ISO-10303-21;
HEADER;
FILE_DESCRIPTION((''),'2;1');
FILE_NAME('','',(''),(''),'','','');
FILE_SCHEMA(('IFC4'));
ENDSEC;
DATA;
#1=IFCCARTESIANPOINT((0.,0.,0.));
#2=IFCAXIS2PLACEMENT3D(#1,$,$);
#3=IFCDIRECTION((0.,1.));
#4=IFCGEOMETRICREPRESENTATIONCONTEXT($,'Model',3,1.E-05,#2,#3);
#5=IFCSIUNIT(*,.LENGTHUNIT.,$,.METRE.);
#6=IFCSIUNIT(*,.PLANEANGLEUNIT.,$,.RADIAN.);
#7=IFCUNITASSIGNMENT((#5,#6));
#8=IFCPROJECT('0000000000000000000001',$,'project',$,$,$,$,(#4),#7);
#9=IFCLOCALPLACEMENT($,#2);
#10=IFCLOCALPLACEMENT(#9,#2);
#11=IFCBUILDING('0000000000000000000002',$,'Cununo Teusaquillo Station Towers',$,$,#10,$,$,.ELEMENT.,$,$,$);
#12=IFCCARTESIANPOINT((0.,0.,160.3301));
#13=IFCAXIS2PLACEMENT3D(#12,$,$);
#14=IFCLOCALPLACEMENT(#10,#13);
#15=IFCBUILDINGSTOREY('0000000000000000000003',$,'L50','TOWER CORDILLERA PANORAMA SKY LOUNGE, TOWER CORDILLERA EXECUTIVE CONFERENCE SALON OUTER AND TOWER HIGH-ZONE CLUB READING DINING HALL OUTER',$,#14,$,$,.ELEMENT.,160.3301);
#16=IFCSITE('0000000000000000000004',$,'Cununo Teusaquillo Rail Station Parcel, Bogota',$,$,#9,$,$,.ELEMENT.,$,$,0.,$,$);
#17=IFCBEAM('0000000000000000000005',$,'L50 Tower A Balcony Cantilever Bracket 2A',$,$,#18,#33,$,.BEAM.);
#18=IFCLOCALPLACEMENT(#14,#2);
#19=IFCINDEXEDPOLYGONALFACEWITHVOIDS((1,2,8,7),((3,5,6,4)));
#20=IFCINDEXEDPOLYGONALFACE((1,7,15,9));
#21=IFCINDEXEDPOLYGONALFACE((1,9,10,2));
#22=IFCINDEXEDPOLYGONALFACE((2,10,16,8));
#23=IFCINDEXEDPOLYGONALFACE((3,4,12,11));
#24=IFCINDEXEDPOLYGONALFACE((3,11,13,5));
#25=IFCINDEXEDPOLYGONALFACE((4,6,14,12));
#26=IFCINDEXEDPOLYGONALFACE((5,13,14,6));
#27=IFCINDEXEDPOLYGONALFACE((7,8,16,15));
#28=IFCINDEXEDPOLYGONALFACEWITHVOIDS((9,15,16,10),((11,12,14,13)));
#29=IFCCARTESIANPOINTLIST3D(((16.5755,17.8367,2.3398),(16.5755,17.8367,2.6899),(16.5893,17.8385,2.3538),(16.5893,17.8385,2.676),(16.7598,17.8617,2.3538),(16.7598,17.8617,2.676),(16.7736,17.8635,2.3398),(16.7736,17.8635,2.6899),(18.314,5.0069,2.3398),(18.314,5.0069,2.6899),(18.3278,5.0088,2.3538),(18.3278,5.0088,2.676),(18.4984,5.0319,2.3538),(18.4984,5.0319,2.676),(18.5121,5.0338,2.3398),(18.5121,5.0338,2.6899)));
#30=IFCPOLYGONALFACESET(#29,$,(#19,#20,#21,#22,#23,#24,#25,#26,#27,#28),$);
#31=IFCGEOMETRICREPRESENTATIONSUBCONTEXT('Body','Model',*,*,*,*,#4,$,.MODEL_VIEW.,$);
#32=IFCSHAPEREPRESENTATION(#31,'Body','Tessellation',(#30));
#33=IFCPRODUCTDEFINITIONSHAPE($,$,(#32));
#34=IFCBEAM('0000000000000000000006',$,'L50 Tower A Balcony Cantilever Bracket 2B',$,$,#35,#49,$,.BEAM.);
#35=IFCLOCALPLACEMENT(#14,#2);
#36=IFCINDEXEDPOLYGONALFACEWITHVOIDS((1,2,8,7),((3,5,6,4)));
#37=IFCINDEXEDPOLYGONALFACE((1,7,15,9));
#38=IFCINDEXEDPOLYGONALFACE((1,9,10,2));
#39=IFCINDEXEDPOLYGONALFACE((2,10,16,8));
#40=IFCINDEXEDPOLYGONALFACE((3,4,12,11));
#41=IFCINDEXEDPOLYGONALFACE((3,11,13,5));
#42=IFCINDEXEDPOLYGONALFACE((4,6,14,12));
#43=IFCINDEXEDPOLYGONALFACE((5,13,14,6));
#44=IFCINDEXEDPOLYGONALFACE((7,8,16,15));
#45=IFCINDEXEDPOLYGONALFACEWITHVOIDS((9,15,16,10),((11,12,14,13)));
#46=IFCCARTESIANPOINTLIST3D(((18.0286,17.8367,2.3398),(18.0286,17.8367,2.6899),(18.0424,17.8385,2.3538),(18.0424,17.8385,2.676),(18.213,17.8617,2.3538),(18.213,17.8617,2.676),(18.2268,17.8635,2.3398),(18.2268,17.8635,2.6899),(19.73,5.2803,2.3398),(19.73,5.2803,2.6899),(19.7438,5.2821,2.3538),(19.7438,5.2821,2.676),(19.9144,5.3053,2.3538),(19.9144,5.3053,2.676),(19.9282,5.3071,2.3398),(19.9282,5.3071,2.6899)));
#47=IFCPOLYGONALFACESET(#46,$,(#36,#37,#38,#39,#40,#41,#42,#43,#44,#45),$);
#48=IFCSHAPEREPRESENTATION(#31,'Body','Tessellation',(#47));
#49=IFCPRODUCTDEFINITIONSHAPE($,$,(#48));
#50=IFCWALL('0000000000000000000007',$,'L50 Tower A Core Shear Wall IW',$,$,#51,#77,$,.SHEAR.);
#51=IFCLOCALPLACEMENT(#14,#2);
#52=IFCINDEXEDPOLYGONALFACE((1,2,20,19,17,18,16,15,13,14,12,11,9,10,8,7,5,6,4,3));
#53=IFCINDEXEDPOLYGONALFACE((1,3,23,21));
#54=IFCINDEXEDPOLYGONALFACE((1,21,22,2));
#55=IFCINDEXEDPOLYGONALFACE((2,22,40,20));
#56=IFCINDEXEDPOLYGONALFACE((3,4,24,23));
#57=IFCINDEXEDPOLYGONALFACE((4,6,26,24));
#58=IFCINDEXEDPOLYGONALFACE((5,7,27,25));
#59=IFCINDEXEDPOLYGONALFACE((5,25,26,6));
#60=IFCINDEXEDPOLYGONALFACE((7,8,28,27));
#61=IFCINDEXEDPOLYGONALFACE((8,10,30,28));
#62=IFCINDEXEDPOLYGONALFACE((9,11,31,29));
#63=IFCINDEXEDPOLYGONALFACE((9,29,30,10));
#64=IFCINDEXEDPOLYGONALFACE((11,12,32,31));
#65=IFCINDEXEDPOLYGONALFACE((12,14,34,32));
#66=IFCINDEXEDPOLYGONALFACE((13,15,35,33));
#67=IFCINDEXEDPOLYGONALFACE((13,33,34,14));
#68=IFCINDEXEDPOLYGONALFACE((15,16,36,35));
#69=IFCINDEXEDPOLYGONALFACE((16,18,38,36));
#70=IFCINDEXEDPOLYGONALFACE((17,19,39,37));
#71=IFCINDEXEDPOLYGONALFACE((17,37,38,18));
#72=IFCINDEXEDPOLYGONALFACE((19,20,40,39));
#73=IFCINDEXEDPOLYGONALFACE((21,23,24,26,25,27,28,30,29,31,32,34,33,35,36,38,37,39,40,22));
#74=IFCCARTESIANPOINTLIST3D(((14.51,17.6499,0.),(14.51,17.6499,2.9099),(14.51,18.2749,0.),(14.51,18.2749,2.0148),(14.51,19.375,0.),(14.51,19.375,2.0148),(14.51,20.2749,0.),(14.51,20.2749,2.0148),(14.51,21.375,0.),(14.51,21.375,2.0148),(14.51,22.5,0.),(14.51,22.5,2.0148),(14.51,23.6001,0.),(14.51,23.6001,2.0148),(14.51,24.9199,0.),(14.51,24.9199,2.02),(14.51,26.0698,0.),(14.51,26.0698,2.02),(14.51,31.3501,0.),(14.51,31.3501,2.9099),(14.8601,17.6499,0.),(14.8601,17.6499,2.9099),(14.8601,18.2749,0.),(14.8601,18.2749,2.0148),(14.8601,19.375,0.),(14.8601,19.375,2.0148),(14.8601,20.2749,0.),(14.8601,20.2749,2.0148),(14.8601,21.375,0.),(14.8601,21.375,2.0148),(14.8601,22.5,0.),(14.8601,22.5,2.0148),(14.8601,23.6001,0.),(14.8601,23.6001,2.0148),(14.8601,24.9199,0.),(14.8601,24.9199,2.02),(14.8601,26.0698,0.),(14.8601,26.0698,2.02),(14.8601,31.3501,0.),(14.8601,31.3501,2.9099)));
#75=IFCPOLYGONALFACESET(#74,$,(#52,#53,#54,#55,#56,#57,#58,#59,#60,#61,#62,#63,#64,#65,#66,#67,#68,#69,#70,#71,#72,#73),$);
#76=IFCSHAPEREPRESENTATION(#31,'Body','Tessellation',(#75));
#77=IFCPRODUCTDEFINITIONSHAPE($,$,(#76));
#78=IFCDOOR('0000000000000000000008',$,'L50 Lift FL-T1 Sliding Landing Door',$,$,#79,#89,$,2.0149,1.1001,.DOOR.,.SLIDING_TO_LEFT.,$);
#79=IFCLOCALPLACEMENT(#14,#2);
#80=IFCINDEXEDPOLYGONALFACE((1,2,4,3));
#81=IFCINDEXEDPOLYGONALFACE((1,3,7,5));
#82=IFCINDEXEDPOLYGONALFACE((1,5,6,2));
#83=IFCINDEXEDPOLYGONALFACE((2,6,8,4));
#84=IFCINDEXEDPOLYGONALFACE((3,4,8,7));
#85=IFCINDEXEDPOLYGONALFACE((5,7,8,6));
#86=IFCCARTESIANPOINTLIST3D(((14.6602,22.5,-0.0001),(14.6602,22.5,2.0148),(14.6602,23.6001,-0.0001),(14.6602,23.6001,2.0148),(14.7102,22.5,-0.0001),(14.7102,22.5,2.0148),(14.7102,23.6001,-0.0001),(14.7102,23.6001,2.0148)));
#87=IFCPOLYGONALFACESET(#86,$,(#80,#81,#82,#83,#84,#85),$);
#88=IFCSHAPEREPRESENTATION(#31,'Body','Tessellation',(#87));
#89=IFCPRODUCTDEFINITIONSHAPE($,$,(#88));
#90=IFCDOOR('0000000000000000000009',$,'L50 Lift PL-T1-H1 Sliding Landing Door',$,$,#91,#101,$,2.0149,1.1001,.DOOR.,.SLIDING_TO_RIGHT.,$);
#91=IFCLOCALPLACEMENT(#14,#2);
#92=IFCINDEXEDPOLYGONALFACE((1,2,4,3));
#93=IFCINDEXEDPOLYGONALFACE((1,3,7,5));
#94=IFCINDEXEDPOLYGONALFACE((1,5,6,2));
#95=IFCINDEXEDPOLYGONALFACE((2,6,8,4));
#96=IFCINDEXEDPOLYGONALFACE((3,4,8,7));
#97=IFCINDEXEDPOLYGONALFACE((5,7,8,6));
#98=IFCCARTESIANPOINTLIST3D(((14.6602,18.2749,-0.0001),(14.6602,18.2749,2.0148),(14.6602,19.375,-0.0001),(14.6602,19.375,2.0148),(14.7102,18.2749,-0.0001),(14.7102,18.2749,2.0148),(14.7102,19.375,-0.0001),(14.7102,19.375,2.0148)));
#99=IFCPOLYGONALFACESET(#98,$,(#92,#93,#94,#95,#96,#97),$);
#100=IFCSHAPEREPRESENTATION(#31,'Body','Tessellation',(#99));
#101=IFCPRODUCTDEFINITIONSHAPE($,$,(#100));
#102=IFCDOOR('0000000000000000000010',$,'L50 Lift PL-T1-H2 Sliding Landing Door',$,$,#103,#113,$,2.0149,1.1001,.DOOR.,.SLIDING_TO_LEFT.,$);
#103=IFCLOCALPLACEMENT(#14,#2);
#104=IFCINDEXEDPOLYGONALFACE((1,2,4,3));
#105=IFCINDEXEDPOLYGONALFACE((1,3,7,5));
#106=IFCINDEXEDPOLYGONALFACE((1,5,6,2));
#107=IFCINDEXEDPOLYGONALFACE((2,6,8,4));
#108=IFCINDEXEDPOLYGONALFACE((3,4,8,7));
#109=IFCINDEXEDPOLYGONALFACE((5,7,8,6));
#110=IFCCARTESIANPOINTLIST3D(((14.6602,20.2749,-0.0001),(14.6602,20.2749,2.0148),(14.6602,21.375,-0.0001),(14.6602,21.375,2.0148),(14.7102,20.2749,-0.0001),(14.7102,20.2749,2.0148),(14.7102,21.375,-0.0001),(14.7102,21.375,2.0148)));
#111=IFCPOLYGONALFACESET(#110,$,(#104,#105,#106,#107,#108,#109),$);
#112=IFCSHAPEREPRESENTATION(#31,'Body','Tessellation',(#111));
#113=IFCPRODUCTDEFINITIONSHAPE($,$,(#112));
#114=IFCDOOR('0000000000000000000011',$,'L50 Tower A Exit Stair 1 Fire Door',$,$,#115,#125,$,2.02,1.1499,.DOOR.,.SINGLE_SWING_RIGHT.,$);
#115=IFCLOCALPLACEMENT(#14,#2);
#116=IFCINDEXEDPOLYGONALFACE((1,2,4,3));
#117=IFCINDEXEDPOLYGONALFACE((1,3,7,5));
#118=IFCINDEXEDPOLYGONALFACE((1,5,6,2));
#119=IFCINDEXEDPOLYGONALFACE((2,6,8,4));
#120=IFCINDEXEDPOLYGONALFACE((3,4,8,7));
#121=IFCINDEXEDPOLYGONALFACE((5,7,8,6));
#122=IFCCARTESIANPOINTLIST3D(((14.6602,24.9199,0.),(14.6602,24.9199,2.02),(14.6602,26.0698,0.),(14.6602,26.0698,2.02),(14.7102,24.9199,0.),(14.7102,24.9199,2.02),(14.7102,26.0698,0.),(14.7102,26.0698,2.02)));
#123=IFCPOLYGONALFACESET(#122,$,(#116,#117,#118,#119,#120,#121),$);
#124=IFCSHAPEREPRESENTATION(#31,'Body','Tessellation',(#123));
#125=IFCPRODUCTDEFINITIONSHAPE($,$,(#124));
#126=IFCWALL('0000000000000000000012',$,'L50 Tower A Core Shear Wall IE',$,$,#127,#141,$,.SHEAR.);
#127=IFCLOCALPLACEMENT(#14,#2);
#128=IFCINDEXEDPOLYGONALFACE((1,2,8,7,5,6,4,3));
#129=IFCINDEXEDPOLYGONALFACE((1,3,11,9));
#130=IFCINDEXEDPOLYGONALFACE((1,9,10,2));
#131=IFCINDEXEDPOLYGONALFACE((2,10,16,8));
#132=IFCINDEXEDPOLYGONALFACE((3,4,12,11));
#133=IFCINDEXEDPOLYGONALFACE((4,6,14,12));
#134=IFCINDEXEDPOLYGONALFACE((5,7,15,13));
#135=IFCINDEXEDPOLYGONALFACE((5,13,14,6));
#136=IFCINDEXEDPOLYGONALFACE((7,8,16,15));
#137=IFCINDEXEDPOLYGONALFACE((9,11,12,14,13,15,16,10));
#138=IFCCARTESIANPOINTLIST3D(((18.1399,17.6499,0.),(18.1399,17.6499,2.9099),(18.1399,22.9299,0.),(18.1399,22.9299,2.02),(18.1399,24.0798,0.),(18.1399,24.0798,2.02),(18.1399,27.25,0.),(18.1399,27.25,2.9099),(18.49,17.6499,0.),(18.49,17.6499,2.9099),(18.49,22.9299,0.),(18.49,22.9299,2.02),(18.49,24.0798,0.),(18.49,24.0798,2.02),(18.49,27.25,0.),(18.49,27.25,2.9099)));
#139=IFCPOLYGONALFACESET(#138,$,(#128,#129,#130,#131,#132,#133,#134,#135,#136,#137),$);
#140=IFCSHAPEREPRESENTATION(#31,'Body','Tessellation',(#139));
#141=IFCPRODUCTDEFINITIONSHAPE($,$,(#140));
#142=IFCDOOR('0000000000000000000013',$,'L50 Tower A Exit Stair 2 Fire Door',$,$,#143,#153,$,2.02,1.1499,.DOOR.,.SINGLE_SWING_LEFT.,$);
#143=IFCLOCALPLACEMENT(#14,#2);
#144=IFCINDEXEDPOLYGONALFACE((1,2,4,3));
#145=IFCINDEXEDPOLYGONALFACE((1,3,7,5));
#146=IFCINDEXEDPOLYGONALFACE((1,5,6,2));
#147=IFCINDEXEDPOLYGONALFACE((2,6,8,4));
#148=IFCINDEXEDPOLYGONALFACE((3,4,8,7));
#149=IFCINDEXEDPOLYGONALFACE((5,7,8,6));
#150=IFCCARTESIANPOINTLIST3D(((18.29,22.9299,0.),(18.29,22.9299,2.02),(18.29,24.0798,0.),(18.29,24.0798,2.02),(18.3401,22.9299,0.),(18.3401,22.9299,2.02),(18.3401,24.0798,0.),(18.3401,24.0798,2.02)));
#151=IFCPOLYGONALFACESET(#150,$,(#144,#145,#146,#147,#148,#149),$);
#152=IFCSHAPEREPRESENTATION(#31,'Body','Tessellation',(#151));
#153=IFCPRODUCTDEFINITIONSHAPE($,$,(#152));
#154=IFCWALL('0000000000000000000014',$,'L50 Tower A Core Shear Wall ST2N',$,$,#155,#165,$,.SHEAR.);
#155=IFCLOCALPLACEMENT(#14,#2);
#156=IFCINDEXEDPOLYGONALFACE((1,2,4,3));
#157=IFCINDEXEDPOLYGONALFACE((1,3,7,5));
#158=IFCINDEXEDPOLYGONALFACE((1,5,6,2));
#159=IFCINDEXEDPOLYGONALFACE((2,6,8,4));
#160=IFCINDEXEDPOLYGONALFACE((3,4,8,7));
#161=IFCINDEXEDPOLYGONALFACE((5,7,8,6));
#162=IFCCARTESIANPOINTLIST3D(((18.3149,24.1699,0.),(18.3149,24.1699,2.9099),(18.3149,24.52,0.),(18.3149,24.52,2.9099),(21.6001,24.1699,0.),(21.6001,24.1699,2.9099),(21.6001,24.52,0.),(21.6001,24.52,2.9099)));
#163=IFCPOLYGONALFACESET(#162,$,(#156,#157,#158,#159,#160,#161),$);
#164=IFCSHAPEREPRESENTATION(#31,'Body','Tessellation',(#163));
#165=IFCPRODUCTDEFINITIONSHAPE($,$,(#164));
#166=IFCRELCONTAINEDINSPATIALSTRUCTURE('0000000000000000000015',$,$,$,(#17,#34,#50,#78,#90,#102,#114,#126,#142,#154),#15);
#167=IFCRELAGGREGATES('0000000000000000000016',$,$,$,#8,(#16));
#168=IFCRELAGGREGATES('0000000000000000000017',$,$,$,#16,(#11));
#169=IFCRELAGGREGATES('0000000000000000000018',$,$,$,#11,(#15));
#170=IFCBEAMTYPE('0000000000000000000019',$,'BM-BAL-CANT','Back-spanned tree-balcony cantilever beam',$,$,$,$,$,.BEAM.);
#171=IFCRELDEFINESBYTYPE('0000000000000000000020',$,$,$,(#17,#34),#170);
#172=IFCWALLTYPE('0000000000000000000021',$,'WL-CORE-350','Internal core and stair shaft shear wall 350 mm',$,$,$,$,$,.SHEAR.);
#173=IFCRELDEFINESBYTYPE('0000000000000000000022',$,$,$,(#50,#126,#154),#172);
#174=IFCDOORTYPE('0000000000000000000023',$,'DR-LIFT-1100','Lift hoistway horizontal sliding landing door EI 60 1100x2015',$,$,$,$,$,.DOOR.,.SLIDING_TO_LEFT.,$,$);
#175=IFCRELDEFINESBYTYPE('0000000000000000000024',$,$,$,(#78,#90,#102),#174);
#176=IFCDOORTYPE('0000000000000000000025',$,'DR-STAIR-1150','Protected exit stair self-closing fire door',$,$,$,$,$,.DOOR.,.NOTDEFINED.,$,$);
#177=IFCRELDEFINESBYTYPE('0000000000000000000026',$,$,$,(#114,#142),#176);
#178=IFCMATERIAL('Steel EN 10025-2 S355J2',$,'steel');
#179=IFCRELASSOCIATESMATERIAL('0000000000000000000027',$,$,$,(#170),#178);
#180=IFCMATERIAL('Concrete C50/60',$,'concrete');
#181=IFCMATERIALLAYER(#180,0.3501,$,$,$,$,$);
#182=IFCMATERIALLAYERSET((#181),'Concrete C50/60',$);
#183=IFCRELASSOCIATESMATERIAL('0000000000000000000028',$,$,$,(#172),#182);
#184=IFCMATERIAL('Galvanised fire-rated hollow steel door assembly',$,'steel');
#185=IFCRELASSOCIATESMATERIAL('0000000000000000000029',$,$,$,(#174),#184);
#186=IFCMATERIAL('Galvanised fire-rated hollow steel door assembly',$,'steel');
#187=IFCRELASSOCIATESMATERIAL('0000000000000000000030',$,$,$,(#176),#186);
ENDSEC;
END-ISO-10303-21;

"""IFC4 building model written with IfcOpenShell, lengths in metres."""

from ifc_helpers import new_model, si_unit, direction, frame, frame_2d, origin, origin_2d, place, context, subcontext, project, spatial, rectangle, hollow_rectangle, extrude, source, transform, mapped, material, layer, layer_set, material_profile, profile_set, type_object, element, fill, save


model = new_model("IFC4")

# Units and contexts
model_context = context("Model", 3, precision=1e-05, world=origin(), true_north=direction((0.0, 1.0)))
body_context = subcontext(model_context, "Body", "Model", "MODEL_VIEW")
ifc_project = project(units=[si_unit("LENGTHUNIT", "METRE"), si_unit("PLANEANGLEUNIT", "RADIAN")], contexts=[model_context])

# Site, building, storey
site_placement = place(None, origin())
site = spatial("IfcSite", under=ifc_project, at=site_placement, Name="Cununo Teusaquillo Rail Station Parcel, Bogota", CompositionType="ELEMENT", RefElevation=0.0)
building_placement = place(site_placement, origin())
building = spatial("IfcBuilding", under=site, at=building_placement, Name="Cununo Teusaquillo Station Towers", CompositionType="ELEMENT")
storey_placement = place(building_placement, frame((0.0, 0.0, 160.3301)))
storey = spatial("IfcBuildingStorey", under=building, at=storey_placement, Name="L50", Description="TOWER CORDILLERA PANORAMA SKY LOUNGE, TOWER CORDILLERA EXECUTIVE CONFERENCE SALON OUTER AND TOWER HIGH-ZONE CLUB READING DINING HALL OUTER", CompositionType="ELEMENT", Elevation=160.3301)

# Beams
ifc_material_1 = material(Name="Steel EN 10025-2 S355J2", Category="steel")
ifc_material_profile = material_profile(ifc_material_1, hollow_rectangle(XDim=0.2, YDim=0.3501, WallThickness=0.0139, at=origin_2d()), Name="RHS 350x200x14")
ifc_profile_set = profile_set([ifc_material_profile], Name="Steel EN 10025-2 S355J2")
beam_type = type_object("IfcBeamType", Name="BM-BAL-CANT", Description="Back-spanned tree-balcony cantilever beam", PredefinedType="BEAM", material=ifc_profile_set)
beam_1_placement = place(storey_placement, frame((16.6746, 17.8501, 2.5149), z_axis=(0.134279, -0.990944, 0.0), x_axis=(0.990944, 0.134279, 0.0)))
element("IfcBeam", 1, at=beam_1_placement, inside=storey, type_object=beam_type, Name="L50 Tower A Balcony Cantilever Bracket 2A", PredefinedType="BEAM", context=body_context, shape_type="SweptSolid", body=[
    extrude(hollow_rectangle(XDim=0.2, YDim=0.3501, WallThickness=0.0139, at=origin_2d()), origin(), (0.0, 0.0, 1.0), 12.947),
])
beam_2_placement = place(storey_placement, frame((18.1277, 17.8501, 2.5149), z_axis=(0.134275, -0.990944, 0.0), x_axis=(0.990944, 0.134275, 0.0)))
element("IfcBeam", 2, at=beam_2_placement, inside=storey, type_object=beam_type, Name="L50 Tower A Balcony Cantilever Bracket 2B", PredefinedType="BEAM", context=body_context, shape_type="SweptSolid", body=[
    extrude(hollow_rectangle(XDim=0.2, YDim=0.3501, WallThickness=0.0139, at=origin_2d()), origin(), (0.0, 0.0, 1.0), 12.6711),
])

# Wall, openings, doors
ifc_material_2 = material(Name="Concrete C50/60", Category="concrete")
ifc_layer_1 = layer(ifc_material_2, 0.3501)
ifc_layer_set_1 = layer_set([ifc_layer_1], Name="Concrete C50/60")
wall_type_1 = type_object("IfcWallType", Name="WL-CORE-350", Description="Internal core and stair shaft shear wall 350 mm", PredefinedType="SHEAR", material=ifc_layer_set_1)
wall_1_placement = place(storey_placement, frame((14.6851, 17.6499, 0.0), z_axis=(0.0, 0.0, 1.0), x_axis=(0.0, 1.0, 0.0)))
wall_1 = element("IfcWall", 3, at=wall_1_placement, inside=storey, type_object=wall_type_1, Name="L50 Tower A Core Shear Wall IW", PredefinedType="SHEAR", context=body_context, shape_type="SweptSolid", body=[
    extrude(rectangle(XDim=13.7002, YDim=0.3501, at=frame_2d((6.8501, 0.0))), origin(), (0.0, 0.0, 1.0), 2.9099),
])
shared_shape_1 = source(origin(), body_context, "Body", "SweptSolid", [
    extrude(rectangle(XDim=1.1001, YDim=2.0149, at=frame_2d((0.55, 1.0073))), frame((0.0, 0.1851, 0.0), z_axis=(0.0, -1.0, 0.0), x_axis=(1.0, 0.0, 0.0)), (0.0, 0.0, 1.0), 0.3701),
])
opening_1_placement = place(wall_1_placement, frame((4.8501, 0.0, 0.0)))
opening_1 = element("IfcOpeningElement", 4, at=opening_1_placement, cuts=wall_1, PredefinedType="OPENING", context=body_context, shape_type="MappedRepresentation", body=[
    mapped(shared_shape_1, transform((0.0, 0.0, 0.0), x_axis=(1.0, 0.0, 0.0), y_axis=(0.0, 1.0, 0.0), z_axis=(0.0, 0.0, 1.0), scale=1.0)),
])
opening_2_placement = place(wall_1_placement, frame((0.625, 0.0, 0.0)))
opening_2 = element("IfcOpeningElement", 5, at=opening_2_placement, cuts=wall_1, PredefinedType="OPENING", context=body_context, shape_type="MappedRepresentation", body=[
    mapped(shared_shape_1, transform((0.0, 0.0, 0.0), x_axis=(1.0, 0.0, 0.0), y_axis=(0.0, 1.0, 0.0), z_axis=(0.0, 0.0, 1.0), scale=1.0)),
])
opening_3_placement = place(wall_1_placement, frame((2.625, 0.0, 0.0)))
opening_3 = element("IfcOpeningElement", 6, at=opening_3_placement, cuts=wall_1, PredefinedType="OPENING", context=body_context, shape_type="MappedRepresentation", body=[
    mapped(shared_shape_1, transform((0.0, 0.0, 0.0), x_axis=(1.0, 0.0, 0.0), y_axis=(0.0, 1.0, 0.0), z_axis=(0.0, 0.0, 1.0), scale=1.0)),
])
shared_shape_2 = source(origin(), body_context, "Body", "SweptSolid", [
    extrude(rectangle(XDim=1.1499, YDim=2.02, at=frame_2d((0.575, 1.01))), frame((0.0, 0.1851, 0.0), z_axis=(0.0, -1.0, 0.0), x_axis=(1.0, 0.0, 0.0)), (0.0, 0.0, 1.0), 0.3701),
])
opening_4_placement = place(wall_1_placement, frame((7.27, 0.0, 0.0)))
opening_4 = element("IfcOpeningElement", 7, at=opening_4_placement, cuts=wall_1, PredefinedType="OPENING", context=body_context, shape_type="MappedRepresentation", body=[
    mapped(shared_shape_2, transform((0.0, 0.0, 0.0), x_axis=(1.0, 0.0, 0.0), y_axis=(0.0, 1.0, 0.0), z_axis=(0.0, 0.0, 1.0), scale=1.0)),
])
ifc_material_3 = material(Name="Galvanised fire-rated hollow steel door assembly", Category="steel")
door_type_1 = type_object("IfcDoorType", Name="DR-LIFT-1100", Description="Lift hoistway horizontal sliding landing door EI 60 1100x2015", OperationType="SLIDING_TO_LEFT", PredefinedType="DOOR", material=ifc_material_3)
shared_shape_3 = source(origin(), body_context, "Body", "SweptSolid", [
    extrude(rectangle(XDim=1.1001, YDim=2.0149, at=frame_2d((0.55, 1.0073))), frame((0.0, 0.0249, 0.0), z_axis=(0.0, -1.0, 0.0), x_axis=(1.0, 0.0, 0.0)), (0.0, 0.0, 1.0), 0.05),
])
door_1_placement = place(opening_1_placement, origin())
door_1 = element("IfcDoor", 8, at=door_1_placement, inside=storey, type_object=door_type_1, Name="L50 Lift FL-T1 Sliding Landing Door", OperationType="SLIDING_TO_LEFT", OverallHeight=2.0149, OverallWidth=1.1001, PredefinedType="DOOR", context=body_context, shape_type="MappedRepresentation", body=[
    mapped(shared_shape_3, transform((0.0, 0.0, 0.0), x_axis=(1.0, 0.0, 0.0), y_axis=(0.0, 1.0, 0.0), z_axis=(0.0, 0.0, 1.0), scale=1.0)),
])
fill(opening_1, door_1)
door_2_placement = place(opening_2_placement, origin())
door_2 = element("IfcDoor", 9, at=door_2_placement, inside=storey, type_object=door_type_1, Name="L50 Lift PL-T1-H1 Sliding Landing Door", OperationType="SLIDING_TO_RIGHT", OverallHeight=2.0149, OverallWidth=1.1001, PredefinedType="DOOR", context=body_context, shape_type="MappedRepresentation", body=[
    mapped(shared_shape_3, transform((0.0, 0.0, 0.0), x_axis=(1.0, 0.0, 0.0), y_axis=(0.0, 1.0, 0.0), z_axis=(0.0, 0.0, 1.0), scale=1.0)),
])
fill(opening_2, door_2)
door_3_placement = place(opening_3_placement, origin())
door_3 = element("IfcDoor", 10, at=door_3_placement, inside=storey, type_object=door_type_1, Name="L50 Lift PL-T1-H2 Sliding Landing Door", OperationType="SLIDING_TO_LEFT", OverallHeight=2.0149, OverallWidth=1.1001, PredefinedType="DOOR", context=body_context, shape_type="MappedRepresentation", body=[
    mapped(shared_shape_3, transform((0.0, 0.0, 0.0), x_axis=(1.0, 0.0, 0.0), y_axis=(0.0, 1.0, 0.0), z_axis=(0.0, 0.0, 1.0), scale=1.0)),
])
fill(opening_3, door_3)
ifc_material_4 = material(Name="Galvanised fire-rated hollow steel door assembly", Category="steel")
door_type_2 = type_object("IfcDoorType", Name="DR-STAIR-1150", Description="Protected exit stair self-closing fire door", OperationType="NOTDEFINED", PredefinedType="DOOR", material=ifc_material_4)
shared_shape_4 = source(origin(), body_context, "Body", "SweptSolid", [
    extrude(rectangle(XDim=1.1499, YDim=2.02, at=frame_2d((0.575, 1.01))), frame((0.0, 0.0249, 0.0), z_axis=(0.0, -1.0, 0.0), x_axis=(1.0, 0.0, 0.0)), (0.0, 0.0, 1.0), 0.05),
])
door_4_placement = place(opening_4_placement, origin())
door_4 = element("IfcDoor", 11, at=door_4_placement, inside=storey, type_object=door_type_2, Name="L50 Tower A Exit Stair 1 Fire Door", OperationType="SINGLE_SWING_RIGHT", OverallHeight=2.02, OverallWidth=1.1499, PredefinedType="DOOR", context=body_context, shape_type="MappedRepresentation", body=[
    mapped(shared_shape_4, transform((0.0, 0.0, 0.0), x_axis=(1.0, 0.0, 0.0), y_axis=(0.0, 1.0, 0.0), z_axis=(0.0, 0.0, 1.0), scale=1.0)),
])
fill(opening_4, door_4)

# Wall, opening, door
wall_2_placement = place(storey_placement, frame((18.3149, 17.6499, 0.0), z_axis=(0.0, 0.0, 1.0), x_axis=(0.0, 1.0, 0.0)))
wall_2 = element("IfcWall", 12, at=wall_2_placement, inside=storey, type_object=wall_type_1, Name="L50 Tower A Core Shear Wall IE", PredefinedType="SHEAR", context=body_context, shape_type="SweptSolid", body=[
    extrude(rectangle(XDim=9.6001, YDim=0.3501, at=frame_2d((4.8, 0.0))), origin(), (0.0, 0.0, 1.0), 2.9099),
])
opening_5_placement = place(wall_2_placement, frame((5.28, 0.0, 0.0)))
opening_5 = element("IfcOpeningElement", 13, at=opening_5_placement, cuts=wall_2, PredefinedType="OPENING", context=body_context, shape_type="MappedRepresentation", body=[
    mapped(shared_shape_2, transform((0.0, 0.0, 0.0), x_axis=(1.0, 0.0, 0.0), y_axis=(0.0, 1.0, 0.0), z_axis=(0.0, 0.0, 1.0), scale=1.0)),
])
door_5_placement = place(opening_5_placement, origin())
door_5 = element("IfcDoor", 14, at=door_5_placement, inside=storey, type_object=door_type_2, Name="L50 Tower A Exit Stair 2 Fire Door", OperationType="SINGLE_SWING_LEFT", OverallHeight=2.02, OverallWidth=1.1499, PredefinedType="DOOR", context=body_context, shape_type="MappedRepresentation", body=[
    mapped(shared_shape_4, transform((0.0, 0.0, 0.0), x_axis=(1.0, 0.0, 0.0), y_axis=(0.0, 1.0, 0.0), z_axis=(0.0, 0.0, 1.0), scale=1.0)),
])
fill(opening_5, door_5)

# Wall
wall_3_placement = place(storey_placement, frame((18.3149, 24.345, 0.0), z_axis=(0.0, 0.0, 1.0), x_axis=(1.0, 0.0, 0.0)))
element("IfcWall", 15, at=wall_3_placement, inside=storey, type_object=wall_type_1, Name="L50 Tower A Core Shear Wall ST2N", PredefinedType="SHEAR", context=body_context, shape_type="SweptSolid", body=[
    extrude(rectangle(XDim=3.2852, YDim=0.3501, at=frame_2d((1.6426, 0.0))), origin(), (0.0, 0.0, 1.0), 2.9099),
])

save(model, "model.ifc")
